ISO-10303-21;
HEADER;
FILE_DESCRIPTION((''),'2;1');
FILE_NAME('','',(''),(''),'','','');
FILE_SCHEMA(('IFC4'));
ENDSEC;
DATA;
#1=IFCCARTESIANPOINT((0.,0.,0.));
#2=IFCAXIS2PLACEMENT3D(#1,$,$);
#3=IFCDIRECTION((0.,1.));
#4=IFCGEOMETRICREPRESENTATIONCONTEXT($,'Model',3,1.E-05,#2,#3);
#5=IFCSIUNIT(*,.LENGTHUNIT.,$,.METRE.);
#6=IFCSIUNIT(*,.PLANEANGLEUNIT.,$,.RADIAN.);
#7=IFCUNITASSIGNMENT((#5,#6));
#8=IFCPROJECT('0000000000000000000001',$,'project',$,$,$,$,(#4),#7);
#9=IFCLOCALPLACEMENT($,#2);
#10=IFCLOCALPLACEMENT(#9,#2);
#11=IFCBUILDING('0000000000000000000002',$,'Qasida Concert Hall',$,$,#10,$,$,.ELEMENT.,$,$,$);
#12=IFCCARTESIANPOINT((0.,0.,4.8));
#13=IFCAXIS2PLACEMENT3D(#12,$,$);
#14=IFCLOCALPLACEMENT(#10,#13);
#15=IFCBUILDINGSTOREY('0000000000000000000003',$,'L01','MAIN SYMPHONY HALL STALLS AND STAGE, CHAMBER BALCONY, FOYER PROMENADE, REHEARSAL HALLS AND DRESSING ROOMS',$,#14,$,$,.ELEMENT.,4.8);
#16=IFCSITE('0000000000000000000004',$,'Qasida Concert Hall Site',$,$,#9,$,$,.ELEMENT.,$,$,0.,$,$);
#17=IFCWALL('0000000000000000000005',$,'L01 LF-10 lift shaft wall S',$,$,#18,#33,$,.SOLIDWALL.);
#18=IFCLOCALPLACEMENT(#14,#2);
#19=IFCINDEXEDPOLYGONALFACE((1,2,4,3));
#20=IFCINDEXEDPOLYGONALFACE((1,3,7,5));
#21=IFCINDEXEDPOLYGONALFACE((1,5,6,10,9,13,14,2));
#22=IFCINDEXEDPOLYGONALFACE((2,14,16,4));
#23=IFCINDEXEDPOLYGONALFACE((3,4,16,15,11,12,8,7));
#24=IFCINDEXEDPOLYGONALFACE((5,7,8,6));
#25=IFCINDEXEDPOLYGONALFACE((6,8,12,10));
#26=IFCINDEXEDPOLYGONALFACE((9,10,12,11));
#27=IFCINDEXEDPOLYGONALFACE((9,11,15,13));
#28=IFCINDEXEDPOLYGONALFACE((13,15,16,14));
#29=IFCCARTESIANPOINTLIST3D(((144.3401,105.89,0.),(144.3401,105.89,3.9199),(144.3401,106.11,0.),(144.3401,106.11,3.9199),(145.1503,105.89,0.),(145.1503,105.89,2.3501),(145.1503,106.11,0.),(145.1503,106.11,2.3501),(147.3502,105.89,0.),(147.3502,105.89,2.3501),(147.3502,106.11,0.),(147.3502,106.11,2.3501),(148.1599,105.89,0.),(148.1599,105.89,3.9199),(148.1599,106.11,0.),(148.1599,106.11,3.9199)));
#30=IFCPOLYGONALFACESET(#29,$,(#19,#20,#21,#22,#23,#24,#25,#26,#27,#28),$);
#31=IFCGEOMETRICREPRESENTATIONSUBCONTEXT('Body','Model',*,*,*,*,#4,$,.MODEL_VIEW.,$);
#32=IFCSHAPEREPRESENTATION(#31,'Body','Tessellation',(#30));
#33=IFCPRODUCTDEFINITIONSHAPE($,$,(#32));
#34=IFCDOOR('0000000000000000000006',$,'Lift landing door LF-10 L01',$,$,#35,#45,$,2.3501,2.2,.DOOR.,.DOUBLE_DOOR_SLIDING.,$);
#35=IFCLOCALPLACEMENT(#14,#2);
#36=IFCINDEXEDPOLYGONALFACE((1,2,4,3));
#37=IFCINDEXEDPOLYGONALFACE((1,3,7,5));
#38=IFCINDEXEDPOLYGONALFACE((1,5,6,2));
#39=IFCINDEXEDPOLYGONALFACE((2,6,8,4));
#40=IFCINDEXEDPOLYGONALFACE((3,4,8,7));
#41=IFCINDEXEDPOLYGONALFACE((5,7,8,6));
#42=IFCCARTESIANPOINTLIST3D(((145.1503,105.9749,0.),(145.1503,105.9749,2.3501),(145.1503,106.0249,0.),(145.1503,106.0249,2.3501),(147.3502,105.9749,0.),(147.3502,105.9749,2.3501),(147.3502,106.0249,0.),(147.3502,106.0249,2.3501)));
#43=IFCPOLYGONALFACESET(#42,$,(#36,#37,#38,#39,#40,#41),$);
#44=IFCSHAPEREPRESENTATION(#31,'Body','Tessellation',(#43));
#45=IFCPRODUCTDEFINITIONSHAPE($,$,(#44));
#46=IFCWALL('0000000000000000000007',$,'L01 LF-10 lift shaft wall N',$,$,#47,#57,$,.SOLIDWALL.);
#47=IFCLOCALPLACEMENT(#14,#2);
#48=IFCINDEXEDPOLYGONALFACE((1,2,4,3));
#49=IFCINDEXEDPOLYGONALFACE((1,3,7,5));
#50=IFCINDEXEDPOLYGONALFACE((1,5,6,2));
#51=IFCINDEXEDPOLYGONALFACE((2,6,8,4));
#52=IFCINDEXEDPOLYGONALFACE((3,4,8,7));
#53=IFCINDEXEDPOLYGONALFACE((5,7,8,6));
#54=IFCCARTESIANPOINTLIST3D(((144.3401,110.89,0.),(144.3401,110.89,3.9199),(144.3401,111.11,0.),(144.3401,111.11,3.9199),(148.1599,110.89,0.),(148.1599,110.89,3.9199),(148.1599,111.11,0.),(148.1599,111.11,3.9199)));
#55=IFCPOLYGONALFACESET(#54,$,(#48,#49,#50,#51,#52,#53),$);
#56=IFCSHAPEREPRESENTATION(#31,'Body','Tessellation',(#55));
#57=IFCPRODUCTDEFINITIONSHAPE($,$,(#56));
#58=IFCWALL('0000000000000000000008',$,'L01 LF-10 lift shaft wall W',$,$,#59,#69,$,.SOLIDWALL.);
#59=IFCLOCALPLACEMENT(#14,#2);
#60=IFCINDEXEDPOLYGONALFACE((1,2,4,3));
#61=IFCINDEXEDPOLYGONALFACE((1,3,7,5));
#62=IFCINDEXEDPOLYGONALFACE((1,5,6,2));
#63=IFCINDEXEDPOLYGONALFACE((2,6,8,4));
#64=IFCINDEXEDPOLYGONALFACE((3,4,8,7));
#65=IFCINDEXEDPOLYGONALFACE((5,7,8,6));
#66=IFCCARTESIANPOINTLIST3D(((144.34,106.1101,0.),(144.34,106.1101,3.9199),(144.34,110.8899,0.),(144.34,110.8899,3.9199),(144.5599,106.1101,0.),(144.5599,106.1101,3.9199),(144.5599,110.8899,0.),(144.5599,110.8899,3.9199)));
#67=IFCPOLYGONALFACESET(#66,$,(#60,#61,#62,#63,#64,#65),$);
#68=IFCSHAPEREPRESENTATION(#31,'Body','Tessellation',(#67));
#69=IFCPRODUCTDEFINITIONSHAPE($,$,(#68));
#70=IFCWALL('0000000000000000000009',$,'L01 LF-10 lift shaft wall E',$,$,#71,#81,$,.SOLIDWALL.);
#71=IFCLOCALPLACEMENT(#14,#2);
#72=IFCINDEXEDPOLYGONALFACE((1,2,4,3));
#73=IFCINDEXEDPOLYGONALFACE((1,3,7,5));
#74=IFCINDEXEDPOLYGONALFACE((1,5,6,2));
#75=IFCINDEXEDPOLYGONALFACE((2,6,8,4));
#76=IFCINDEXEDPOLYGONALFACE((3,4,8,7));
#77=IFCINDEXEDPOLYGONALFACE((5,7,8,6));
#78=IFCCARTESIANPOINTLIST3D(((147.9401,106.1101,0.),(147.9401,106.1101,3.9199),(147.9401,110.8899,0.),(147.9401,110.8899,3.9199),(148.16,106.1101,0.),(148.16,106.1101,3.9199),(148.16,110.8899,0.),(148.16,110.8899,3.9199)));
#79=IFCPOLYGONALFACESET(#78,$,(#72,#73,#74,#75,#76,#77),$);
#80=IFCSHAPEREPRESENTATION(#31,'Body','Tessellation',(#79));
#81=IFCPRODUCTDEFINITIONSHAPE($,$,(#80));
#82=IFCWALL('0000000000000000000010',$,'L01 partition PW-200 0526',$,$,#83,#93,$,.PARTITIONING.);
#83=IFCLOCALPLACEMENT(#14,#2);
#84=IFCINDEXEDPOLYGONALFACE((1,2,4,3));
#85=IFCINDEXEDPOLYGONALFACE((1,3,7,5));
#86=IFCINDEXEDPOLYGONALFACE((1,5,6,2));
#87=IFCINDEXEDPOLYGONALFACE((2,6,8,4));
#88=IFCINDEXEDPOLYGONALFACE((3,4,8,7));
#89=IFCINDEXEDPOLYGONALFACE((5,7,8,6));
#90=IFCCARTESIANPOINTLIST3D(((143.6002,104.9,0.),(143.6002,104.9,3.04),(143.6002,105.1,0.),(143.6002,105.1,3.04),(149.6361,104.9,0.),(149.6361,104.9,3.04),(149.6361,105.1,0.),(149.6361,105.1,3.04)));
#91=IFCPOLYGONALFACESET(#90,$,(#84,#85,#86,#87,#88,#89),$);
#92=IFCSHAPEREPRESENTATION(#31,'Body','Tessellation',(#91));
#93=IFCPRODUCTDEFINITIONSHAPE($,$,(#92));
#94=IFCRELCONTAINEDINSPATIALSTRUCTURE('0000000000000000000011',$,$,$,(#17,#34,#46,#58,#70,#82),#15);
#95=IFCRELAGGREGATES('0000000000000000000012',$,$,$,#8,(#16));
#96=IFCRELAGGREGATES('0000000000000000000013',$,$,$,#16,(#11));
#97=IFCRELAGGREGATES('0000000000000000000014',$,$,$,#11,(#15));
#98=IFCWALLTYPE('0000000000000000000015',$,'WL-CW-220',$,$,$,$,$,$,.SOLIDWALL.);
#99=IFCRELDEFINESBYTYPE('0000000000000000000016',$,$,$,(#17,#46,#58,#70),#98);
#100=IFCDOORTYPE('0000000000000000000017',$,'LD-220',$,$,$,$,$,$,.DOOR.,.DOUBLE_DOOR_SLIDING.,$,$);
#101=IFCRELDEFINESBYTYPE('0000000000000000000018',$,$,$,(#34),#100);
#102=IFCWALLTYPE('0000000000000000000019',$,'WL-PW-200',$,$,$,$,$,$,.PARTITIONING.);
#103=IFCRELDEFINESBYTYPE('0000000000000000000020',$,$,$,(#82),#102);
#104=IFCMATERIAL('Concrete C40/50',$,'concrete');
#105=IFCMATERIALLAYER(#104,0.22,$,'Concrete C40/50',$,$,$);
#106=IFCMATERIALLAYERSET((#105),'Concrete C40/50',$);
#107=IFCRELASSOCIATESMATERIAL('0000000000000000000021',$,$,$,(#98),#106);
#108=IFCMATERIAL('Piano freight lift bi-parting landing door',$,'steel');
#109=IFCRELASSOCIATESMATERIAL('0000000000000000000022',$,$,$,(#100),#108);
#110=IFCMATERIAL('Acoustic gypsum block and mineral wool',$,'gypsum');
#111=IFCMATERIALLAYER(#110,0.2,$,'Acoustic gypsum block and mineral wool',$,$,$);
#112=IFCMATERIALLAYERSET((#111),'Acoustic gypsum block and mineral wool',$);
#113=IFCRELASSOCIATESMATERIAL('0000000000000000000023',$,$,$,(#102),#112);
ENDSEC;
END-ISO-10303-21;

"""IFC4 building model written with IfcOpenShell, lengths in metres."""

from ifc_helpers import new_model, si_unit, direction, frame, frame_2d, origin, place, context, subcontext, project, spatial, rectangle, extrude, material, layer, layer_set, type_object, element, fill, save


model = new_model("IFC4")

# Units and contexts
model_context = context("Model", 3, precision=1e-05, world=origin(), true_north=direction((0.0, 1.0)))
body_context = subcontext(model_context, "Body", "Model", "MODEL_VIEW")
ifc_project = project(units=[si_unit("LENGTHUNIT", "METRE"), si_unit("PLANEANGLEUNIT", "RADIAN")], contexts=[model_context])

# Site, building, storey
site_placement = place(None, origin())
site = spatial("IfcSite", under=ifc_project, at=site_placement, Name="Qasida Concert Hall Site", CompositionType="ELEMENT", RefElevation=0.0)
building_placement = place(site_placement, origin())
building = spatial("IfcBuilding", under=site, at=building_placement, Name="Qasida Concert Hall", CompositionType="ELEMENT")
storey_placement = place(building_placement, frame((0.0, 0.0, 4.8)))
storey = spatial("IfcBuildingStorey", under=building, at=storey_placement, Name="L01", Description="MAIN SYMPHONY HALL STALLS AND STAGE, CHAMBER BALCONY, FOYER PROMENADE, REHEARSAL HALLS AND DRESSING ROOMS", CompositionType="ELEMENT", Elevation=4.8)

# Shared definitions
ifc_material_1 = material(Name="Concrete C40/50", Category="concrete")

# Wall, opening, door
ifc_layer_1 = layer(ifc_material_1, 0.22, Name="Concrete C40/50")
ifc_layer_set_1 = layer_set([ifc_layer_1], Name="Concrete C40/50")
wall_type_1 = type_object("IfcWallType", Name="WL-CW-220", PredefinedType="SOLIDWALL", material=ifc_layer_set_1)
wall_1_placement = place(storey_placement, frame((144.3401, 106.0, 0.0), z_axis=(0.0, 0.0, 1.0), x_axis=(1.0, 0.0, 0.0)))
wall_1 = element("IfcWall", 1, at=wall_1_placement, inside=storey, type_object=wall_type_1, Name="L01 LF-10 lift shaft wall S", PredefinedType="SOLIDWALL", context=body_context, shape_type="SweptSolid", body=[
    extrude(rectangle(XDim=3.8198, YDim=0.22, at=frame_2d((1.9099, 0.0))), origin(), (0.0, 0.0, 1.0), 3.9199),
])
opening_1_placement = place(wall_1_placement, frame((0.8101, 0.0, 0.0)))
opening_1 = element("IfcOpeningElement", 2, at=opening_1_placement, cuts=wall_1, PredefinedType="OPENING", context=body_context, shape_type="SweptSolid", body=[
    extrude(rectangle(XDim=2.2, YDim=2.3501, at=frame_2d((1.1001, 1.175))), frame((0.0, 0.1199, 0.0), z_axis=(0.0, -1.0, 0.0), x_axis=(1.0, 0.0, 0.0)), (0.0, 0.0, 1.0), 0.24),
])
ifc_material_2 = material(Name="Piano freight lift bi-parting landing door", Category="steel")
door_type_1 = type_object("IfcDoorType", Name="LD-220", OperationType="DOUBLE_DOOR_SLIDING", PredefinedType="DOOR", material=ifc_material_2)
door_1_placement = place(opening_1_placement, origin())
door_1 = element("IfcDoor", 3, at=door_1_placement, inside=storey, type_object=door_type_1, Name="Lift landing door LF-10 L01", OperationType="DOUBLE_DOOR_SLIDING", OverallHeight=2.3501, OverallWidth=2.2, PredefinedType="DOOR", context=body_context, shape_type="SweptSolid", body=[
    extrude(rectangle(XDim=2.2, YDim=2.3501, at=frame_2d((1.1001, 1.175))), frame((0.0, 0.0249, 0.0), z_axis=(0.0, -1.0, 0.0), x_axis=(1.0, 0.0, 0.0)), (0.0, 0.0, 1.0), 0.05),
])
fill(opening_1, door_1)

# Walls
wall_2_placement = place(storey_placement, frame((144.3401, 111.0, 0.0), z_axis=(0.0, 0.0, 1.0), x_axis=(1.0, 0.0, 0.0)))
element("IfcWall", 4, at=wall_2_placement, inside=storey, type_object=wall_type_1, Name="L01 LF-10 lift shaft wall N", PredefinedType="SOLIDWALL", context=body_context, shape_type="SweptSolid", body=[
    extrude(rectangle(XDim=3.8198, YDim=0.22, at=frame_2d((1.9099, 0.0))), origin(), (0.0, 0.0, 1.0), 3.9199),
])
for number, where, z_axis, x_axis, name in (
    (5, (144.45, 106.1101, 0.0), (0.0, 0.0, 1.0), (0.0, 1.0, 0.0), "L01 LF-10 lift shaft wall W"),
    (6, (148.05, 106.1101, 0.0), (0.0, 0.0, 1.0), (0.0, 1.0, 0.0), "L01 LF-10 lift shaft wall E"),
):
    element("IfcWall", number, at=place(storey_placement, frame(where, z_axis=z_axis, x_axis=x_axis)), inside=storey, type_object=wall_type_1, Name=name, PredefinedType="SOLIDWALL", context=body_context, shape_type="SweptSolid", body=[
        extrude(rectangle(XDim=4.7798, YDim=0.22, at=frame_2d((2.3899, 0.0))), origin(), (0.0, 0.0, 1.0), 3.9199),
    ])
ifc_material_3 = material(Name="Acoustic gypsum block and mineral wool", Category="gypsum")
ifc_layer_2 = layer(ifc_material_3, 0.2, Name="Acoustic gypsum block and mineral wool")
ifc_layer_set_2 = layer_set([ifc_layer_2], Name="Acoustic gypsum block and mineral wool")
wall_type_2 = type_object("IfcWallType", Name="WL-PW-200", PredefinedType="PARTITIONING", material=ifc_layer_set_2)
wall_3_placement = place(storey_placement, frame((143.6001, 105.0, 0.0), z_axis=(0.0, 0.0, 1.0), x_axis=(1.0, 0.0, 0.0)))
element("IfcWall", 7, at=wall_3_placement, inside=storey, type_object=wall_type_2, Name="L01 partition PW-200 0526", PredefinedType="PARTITIONING", context=body_context, shape_type="SweptSolid", body=[
    extrude(rectangle(XDim=6.0359, YDim=0.2, at=frame_2d((3.0181, 0.0))), origin(), (0.0, 0.0, 1.0), 3.04),
])

save(model, "model.ifc")
